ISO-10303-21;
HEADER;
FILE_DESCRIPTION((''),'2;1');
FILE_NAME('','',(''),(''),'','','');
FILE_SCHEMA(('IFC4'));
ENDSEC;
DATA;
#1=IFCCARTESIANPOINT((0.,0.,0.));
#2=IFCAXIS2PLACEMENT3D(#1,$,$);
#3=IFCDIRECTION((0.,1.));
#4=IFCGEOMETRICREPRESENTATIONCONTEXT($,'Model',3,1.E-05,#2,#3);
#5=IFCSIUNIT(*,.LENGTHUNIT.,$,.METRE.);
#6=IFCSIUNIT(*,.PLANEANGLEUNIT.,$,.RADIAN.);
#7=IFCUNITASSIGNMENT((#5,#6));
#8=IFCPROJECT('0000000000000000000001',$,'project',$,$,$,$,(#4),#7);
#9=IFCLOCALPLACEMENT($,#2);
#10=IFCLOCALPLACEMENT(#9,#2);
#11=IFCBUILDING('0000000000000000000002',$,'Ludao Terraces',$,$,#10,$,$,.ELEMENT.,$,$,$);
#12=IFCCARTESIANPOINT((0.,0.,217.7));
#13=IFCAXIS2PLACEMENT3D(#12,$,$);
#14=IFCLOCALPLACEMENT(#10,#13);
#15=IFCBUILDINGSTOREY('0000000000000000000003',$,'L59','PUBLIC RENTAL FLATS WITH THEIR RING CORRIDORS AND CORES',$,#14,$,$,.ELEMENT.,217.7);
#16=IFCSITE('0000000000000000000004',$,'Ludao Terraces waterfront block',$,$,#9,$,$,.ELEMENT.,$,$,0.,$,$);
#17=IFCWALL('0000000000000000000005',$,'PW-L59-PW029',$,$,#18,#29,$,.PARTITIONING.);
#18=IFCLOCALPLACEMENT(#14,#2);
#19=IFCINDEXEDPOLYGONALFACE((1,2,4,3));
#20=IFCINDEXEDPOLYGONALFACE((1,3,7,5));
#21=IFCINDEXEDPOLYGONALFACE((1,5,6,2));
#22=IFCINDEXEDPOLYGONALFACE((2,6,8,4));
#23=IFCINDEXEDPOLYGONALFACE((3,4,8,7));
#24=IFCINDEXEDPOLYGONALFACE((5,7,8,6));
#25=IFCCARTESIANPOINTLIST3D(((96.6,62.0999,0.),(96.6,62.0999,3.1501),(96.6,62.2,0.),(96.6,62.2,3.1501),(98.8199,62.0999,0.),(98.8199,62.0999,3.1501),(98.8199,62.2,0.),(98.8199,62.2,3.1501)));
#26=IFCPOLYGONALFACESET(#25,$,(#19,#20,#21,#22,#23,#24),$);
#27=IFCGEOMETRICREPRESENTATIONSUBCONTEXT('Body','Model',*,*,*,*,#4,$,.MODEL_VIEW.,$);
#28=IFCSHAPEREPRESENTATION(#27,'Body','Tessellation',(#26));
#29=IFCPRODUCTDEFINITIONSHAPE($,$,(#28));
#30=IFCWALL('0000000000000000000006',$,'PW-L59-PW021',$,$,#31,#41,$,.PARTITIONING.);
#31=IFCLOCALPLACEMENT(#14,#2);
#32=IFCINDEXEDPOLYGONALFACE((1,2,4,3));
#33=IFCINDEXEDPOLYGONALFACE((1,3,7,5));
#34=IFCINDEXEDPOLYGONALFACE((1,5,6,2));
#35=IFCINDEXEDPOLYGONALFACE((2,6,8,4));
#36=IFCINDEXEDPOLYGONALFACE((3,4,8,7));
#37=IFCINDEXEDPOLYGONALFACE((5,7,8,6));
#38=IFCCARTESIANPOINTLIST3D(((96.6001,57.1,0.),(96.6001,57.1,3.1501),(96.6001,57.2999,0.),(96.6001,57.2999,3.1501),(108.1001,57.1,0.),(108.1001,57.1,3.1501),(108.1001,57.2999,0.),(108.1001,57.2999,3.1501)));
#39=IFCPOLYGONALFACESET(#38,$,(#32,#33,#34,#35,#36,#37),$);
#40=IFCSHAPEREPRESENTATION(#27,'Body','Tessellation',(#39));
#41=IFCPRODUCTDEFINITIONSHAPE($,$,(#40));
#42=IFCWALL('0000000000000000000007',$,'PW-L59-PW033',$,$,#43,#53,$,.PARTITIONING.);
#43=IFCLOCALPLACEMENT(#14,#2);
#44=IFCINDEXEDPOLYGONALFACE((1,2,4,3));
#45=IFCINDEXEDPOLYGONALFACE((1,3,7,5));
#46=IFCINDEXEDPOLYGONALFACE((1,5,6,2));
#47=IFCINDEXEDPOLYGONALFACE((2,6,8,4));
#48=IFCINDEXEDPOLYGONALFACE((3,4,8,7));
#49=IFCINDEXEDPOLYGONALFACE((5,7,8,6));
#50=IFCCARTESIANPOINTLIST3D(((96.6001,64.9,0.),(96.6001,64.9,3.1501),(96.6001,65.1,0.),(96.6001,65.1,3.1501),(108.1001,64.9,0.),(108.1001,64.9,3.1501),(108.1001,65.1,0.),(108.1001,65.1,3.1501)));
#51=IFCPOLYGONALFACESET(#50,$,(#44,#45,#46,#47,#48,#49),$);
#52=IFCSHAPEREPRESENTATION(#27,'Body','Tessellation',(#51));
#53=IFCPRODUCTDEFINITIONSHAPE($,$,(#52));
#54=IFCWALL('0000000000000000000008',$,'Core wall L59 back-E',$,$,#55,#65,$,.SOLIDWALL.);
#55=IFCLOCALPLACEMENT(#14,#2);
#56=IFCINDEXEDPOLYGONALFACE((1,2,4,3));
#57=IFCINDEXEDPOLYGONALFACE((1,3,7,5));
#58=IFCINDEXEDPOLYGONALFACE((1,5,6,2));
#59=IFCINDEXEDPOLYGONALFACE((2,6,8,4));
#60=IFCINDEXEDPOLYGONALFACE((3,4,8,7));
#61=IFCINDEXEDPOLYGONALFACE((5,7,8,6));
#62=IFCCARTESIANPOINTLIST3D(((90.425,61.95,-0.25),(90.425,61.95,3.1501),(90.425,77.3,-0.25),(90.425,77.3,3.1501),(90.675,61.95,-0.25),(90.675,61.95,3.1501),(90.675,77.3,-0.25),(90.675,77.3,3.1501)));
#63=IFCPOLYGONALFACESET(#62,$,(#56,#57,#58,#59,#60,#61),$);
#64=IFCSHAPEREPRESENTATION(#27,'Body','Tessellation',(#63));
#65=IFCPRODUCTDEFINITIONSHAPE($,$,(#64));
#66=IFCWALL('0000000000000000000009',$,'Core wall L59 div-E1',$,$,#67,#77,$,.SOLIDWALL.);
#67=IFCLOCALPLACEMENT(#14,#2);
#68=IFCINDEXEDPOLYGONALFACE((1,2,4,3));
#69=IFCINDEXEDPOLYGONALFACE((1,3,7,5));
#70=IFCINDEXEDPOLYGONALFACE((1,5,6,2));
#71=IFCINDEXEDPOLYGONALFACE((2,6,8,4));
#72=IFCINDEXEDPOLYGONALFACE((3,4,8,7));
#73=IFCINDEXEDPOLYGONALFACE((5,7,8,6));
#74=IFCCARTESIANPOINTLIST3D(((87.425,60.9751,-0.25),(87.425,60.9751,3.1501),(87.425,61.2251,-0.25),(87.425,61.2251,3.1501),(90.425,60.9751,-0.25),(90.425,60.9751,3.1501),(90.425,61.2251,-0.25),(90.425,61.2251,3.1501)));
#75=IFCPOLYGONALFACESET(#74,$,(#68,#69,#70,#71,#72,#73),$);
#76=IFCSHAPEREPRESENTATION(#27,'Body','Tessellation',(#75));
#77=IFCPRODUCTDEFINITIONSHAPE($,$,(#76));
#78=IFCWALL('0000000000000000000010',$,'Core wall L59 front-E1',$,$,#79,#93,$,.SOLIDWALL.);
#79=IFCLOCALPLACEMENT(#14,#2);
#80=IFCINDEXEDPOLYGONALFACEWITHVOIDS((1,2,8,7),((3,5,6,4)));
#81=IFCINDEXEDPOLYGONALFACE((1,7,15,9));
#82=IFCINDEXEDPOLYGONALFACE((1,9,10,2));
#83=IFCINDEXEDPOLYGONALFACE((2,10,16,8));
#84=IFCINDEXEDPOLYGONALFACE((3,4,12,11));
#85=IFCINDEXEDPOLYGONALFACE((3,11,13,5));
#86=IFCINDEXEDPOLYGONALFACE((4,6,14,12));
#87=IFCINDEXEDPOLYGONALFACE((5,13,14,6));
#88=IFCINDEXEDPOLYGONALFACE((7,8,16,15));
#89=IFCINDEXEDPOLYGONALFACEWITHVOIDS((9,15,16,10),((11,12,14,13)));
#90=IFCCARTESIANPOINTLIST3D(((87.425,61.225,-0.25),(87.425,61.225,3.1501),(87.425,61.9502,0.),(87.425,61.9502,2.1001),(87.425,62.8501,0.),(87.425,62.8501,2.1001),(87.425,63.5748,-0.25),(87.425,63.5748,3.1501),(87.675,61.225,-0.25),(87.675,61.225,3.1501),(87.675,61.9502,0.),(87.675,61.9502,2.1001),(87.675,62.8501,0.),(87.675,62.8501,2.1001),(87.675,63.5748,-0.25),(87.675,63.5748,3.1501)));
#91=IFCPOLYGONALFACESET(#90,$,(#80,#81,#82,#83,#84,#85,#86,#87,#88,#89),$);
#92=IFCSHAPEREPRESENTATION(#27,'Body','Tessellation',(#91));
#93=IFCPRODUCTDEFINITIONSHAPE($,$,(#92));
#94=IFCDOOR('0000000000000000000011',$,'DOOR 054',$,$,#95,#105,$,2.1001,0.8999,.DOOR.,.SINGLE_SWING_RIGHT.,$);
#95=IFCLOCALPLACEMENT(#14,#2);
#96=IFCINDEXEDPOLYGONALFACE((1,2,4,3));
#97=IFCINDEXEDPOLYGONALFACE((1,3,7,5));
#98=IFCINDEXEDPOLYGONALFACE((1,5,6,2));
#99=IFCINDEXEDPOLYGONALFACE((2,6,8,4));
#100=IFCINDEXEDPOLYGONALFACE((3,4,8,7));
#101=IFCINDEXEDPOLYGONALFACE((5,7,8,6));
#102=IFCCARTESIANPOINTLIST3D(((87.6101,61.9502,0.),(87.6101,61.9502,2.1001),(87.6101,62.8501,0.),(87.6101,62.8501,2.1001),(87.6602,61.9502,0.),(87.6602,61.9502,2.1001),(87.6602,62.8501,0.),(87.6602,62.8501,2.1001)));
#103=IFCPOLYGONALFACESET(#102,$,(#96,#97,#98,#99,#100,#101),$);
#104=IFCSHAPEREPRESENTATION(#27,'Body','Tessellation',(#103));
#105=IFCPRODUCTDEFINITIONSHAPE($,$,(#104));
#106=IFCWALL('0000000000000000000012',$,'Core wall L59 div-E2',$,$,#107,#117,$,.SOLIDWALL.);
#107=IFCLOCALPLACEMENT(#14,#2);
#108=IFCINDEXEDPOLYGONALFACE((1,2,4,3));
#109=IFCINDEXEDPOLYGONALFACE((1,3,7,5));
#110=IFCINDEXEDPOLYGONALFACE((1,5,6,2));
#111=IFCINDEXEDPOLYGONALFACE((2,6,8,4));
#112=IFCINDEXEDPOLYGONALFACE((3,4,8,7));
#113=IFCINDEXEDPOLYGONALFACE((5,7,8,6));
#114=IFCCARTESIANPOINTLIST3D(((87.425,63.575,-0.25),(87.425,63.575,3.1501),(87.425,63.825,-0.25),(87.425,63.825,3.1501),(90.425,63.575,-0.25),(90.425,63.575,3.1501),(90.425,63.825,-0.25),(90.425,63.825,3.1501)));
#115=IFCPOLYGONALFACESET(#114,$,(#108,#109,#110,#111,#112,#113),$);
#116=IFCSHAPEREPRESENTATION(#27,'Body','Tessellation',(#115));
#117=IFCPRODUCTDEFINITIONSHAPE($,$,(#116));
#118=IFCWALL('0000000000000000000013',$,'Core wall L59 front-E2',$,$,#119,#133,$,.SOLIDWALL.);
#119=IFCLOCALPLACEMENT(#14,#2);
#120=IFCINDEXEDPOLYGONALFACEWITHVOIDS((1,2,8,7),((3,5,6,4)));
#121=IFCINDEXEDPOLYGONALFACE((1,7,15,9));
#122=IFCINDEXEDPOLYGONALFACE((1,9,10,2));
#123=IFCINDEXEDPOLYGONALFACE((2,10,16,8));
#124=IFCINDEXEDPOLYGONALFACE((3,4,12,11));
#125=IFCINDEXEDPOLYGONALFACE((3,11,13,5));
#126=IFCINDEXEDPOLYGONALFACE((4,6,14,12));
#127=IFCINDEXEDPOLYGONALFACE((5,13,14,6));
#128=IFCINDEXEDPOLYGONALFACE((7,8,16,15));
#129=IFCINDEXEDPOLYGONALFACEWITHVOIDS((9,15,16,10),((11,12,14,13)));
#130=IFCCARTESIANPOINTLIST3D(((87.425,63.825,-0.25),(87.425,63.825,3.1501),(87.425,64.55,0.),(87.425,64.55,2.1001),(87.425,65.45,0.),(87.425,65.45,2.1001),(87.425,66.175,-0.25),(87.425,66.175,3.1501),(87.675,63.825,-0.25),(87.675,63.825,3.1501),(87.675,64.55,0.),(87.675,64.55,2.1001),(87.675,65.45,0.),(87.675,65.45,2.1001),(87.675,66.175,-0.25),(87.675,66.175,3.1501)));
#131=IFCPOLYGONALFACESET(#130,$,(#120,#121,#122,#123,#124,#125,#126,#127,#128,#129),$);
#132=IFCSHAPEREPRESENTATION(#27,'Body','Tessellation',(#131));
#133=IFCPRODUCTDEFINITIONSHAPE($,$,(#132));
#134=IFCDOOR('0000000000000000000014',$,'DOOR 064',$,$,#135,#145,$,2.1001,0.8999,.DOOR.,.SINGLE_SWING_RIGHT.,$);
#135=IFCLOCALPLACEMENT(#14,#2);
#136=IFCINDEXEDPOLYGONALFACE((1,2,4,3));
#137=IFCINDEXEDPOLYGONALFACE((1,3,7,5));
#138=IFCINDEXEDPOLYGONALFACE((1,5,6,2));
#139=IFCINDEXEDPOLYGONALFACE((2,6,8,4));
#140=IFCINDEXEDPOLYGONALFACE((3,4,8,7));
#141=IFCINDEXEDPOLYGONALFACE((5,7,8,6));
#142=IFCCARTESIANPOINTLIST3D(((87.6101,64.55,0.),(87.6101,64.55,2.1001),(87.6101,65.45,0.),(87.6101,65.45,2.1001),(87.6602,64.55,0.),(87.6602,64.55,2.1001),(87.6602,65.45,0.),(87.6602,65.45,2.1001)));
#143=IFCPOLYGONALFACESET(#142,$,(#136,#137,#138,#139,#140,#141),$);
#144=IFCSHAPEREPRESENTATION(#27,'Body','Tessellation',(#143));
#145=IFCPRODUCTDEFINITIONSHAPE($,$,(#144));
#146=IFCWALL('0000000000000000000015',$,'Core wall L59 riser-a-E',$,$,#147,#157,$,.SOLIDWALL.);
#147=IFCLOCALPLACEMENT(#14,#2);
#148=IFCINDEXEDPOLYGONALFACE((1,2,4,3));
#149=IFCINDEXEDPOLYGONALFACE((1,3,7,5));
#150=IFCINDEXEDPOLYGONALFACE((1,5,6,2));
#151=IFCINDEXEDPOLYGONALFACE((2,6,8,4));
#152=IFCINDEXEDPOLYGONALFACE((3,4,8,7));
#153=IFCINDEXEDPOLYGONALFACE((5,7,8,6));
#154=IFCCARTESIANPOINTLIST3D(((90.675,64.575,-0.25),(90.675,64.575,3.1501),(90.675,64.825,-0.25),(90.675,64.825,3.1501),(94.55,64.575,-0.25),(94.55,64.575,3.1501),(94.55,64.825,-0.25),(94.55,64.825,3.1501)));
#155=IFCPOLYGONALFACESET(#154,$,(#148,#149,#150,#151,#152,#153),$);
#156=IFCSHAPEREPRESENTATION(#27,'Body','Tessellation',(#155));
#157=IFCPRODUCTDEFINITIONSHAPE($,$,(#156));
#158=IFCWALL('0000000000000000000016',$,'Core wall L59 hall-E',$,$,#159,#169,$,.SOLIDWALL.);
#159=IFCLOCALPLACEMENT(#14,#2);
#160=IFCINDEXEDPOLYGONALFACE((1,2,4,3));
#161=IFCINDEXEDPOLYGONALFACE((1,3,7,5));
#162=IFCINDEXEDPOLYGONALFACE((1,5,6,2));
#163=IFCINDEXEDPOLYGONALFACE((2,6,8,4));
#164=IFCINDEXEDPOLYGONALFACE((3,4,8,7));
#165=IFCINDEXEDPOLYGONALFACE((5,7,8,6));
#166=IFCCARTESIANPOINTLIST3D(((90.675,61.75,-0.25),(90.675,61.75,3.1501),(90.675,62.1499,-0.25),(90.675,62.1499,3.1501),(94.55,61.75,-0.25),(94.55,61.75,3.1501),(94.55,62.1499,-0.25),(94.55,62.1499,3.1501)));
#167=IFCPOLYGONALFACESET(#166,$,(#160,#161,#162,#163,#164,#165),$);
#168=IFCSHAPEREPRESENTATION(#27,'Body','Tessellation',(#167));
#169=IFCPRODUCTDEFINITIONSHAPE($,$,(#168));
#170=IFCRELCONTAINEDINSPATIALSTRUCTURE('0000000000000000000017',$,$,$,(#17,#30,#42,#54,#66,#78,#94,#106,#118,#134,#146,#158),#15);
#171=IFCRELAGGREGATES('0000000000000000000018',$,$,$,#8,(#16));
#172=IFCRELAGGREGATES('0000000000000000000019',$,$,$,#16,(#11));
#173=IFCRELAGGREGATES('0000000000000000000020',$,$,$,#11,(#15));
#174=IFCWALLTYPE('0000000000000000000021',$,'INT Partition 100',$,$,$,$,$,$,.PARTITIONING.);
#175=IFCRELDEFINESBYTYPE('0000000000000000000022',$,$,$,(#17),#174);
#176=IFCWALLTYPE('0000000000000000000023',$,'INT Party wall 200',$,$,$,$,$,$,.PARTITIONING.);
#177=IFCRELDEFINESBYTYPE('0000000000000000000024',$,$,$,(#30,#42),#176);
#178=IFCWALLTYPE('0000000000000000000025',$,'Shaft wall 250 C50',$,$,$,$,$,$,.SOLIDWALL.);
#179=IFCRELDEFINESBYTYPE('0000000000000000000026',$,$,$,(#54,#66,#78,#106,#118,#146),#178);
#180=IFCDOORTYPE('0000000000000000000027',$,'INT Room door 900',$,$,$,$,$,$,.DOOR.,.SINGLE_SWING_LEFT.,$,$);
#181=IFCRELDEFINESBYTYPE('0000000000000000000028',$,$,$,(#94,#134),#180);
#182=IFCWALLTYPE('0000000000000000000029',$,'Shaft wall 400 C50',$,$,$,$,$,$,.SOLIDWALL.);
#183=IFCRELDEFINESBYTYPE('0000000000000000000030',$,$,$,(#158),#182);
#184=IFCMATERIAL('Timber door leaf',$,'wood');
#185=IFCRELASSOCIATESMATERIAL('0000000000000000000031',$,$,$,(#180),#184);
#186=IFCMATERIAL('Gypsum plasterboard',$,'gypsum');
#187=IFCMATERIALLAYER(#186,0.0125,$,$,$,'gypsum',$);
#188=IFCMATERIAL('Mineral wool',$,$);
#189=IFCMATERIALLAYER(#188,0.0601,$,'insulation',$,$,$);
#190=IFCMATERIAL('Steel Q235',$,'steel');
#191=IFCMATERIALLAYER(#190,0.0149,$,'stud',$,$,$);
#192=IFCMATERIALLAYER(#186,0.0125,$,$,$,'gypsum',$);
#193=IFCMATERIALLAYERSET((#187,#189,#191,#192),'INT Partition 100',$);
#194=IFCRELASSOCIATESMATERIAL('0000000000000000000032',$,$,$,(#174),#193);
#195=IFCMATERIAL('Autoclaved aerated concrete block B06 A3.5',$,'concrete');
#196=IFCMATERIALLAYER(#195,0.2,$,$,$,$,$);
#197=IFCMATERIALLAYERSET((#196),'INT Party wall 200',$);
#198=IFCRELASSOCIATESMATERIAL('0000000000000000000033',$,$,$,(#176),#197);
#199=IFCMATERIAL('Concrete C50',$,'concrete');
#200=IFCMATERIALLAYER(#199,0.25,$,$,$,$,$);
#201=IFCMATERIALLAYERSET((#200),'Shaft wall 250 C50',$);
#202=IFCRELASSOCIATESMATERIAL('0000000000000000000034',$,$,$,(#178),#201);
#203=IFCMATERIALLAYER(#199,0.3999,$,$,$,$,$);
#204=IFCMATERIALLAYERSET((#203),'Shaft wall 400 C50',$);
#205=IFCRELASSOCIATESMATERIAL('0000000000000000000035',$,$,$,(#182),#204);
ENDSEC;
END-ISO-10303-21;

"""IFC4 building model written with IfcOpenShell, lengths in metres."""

from ifc_helpers import new_model, si_unit, direction, frame, frame_2d, origin, place, context, subcontext, project, spatial, rectangle, extrude, material, layer, layer_set, type_object, element, fill, save


model = new_model("IFC4")

# Units and contexts
model_context = context("Model", 3, precision=1e-05, world=origin(), true_north=direction((0.0, 1.0)))
body_context = subcontext(model_context, "Body", "Model", "MODEL_VIEW")
ifc_project = project(units=[si_unit("LENGTHUNIT", "METRE"), si_unit("PLANEANGLEUNIT", "RADIAN")], contexts=[model_context])

# Site, building, storey
site_placement = place(None, origin())
site = spatial("IfcSite", under=ifc_project, at=site_placement, Name="Ludao Terraces waterfront block", CompositionType="ELEMENT", RefElevation=0.0)
building_placement = place(site_placement, origin())
building = spatial("IfcBuilding", under=site, at=building_placement, Name="Ludao Terraces", CompositionType="ELEMENT")
storey_placement = place(building_placement, frame((0.0, 0.0, 217.7)))
storey = spatial("IfcBuildingStorey", under=building, at=storey_placement, Name="L59", Description="PUBLIC RENTAL FLATS WITH THEIR RING CORRIDORS AND CORES", CompositionType="ELEMENT", Elevation=217.7)

# Shared definitions
ifc_material_1 = material(Name="Concrete C50", Category="concrete")
ifc_material_2 = material(Name="Steel Q235", Category="steel")
ifc_material_3 = material(Name="Timber door leaf", Category="wood")
door_type_1 = type_object("IfcDoorType", Name="INT Room door 900", OperationType="SINGLE_SWING_LEFT", PredefinedType="DOOR", material=ifc_material_3)

# Shared definitions
ifc_material_4 = material(Name="Mineral wool")

# Walls
ifc_material_5 = material(Name="Gypsum plasterboard", Category="gypsum")
ifc_layer_1 = layer(ifc_material_5, 0.0125, Category="gypsum")
ifc_layer_2 = layer(ifc_material_4, 0.0601, Name="insulation")
ifc_layer_3 = layer(ifc_material_2, 0.0149, Name="stud")
ifc_layer_4 = layer(ifc_material_5, 0.0125, Category="gypsum")
ifc_layer_set_1 = layer_set([ifc_layer_1, ifc_layer_2, ifc_layer_3, ifc_layer_4], Name="INT Partition 100")
wall_type_1 = type_object("IfcWallType", Name="INT Partition 100", PredefinedType="PARTITIONING", material=ifc_layer_set_1)
for number, where, z_axis, x_axis, name in (
    (1, (96.6001, 62.1499, 0.0), (0.0, 0.0, 1.0), (1.0, 0.0, 0.0), "PW-L59-PW029"),
):
    element("IfcWall", number, at=place(storey_placement, frame(where, z_axis=z_axis, x_axis=x_axis)), inside=storey, type_object=wall_type_1, Name=name, PredefinedType="PARTITIONING", context=body_context, shape_type="SweptSolid", body=[
        extrude(rectangle(XDim=2.22, YDim=0.1001, at=frame_2d((1.1099, 0.0))), origin(), (0.0, 0.0, 1.0), 3.1501),
    ])
ifc_material_6 = material(Name="Autoclaved aerated concrete block B06 A3.5", Category="concrete")
ifc_layer_5 = layer(ifc_material_6, 0.2)
ifc_layer_set_2 = layer_set([ifc_layer_5], Name="INT Party wall 200")
wall_type_2 = type_object("IfcWallType", Name="INT Party wall 200", PredefinedType="PARTITIONING", material=ifc_layer_set_2)
for number, where, z_axis, x_axis, name in (
    (2, (96.6001, 57.2, 0.0), (0.0, 0.0, 1.0), (1.0, 0.0, 0.0), "PW-L59-PW021"),
    (3, (96.6001, 65.0, 0.0), (0.0, 0.0, 1.0), (1.0, 0.0, 0.0), "PW-L59-PW033"),
):
    element("IfcWall", number, at=place(storey_placement, frame(where, z_axis=z_axis, x_axis=x_axis)), inside=storey, type_object=wall_type_2, Name=name, PredefinedType="PARTITIONING", context=body_context, shape_type="SweptSolid", body=[
        extrude(rectangle(XDim=11.5, YDim=0.2, at=frame_2d((5.75, 0.0))), origin(), (0.0, 0.0, 1.0), 3.1501),
    ])
ifc_layer_6 = layer(ifc_material_1, 0.25)
ifc_layer_set_3 = layer_set([ifc_layer_6], Name="Shaft wall 250 C50")
wall_type_3 = type_object("IfcWallType", Name="Shaft wall 250 C50", PredefinedType="SOLIDWALL", material=ifc_layer_set_3)
wall_1_placement = place(storey_placement, frame((90.55, 61.95, -0.25), z_axis=(0.0, 0.0, 1.0), x_axis=(0.0, 1.0, 0.0)))
element("IfcWall", 4, at=wall_1_placement, inside=storey, type_object=wall_type_3, Name="Core wall L59 back-E", PredefinedType="SOLIDWALL", context=body_context, shape_type="SweptSolid", body=[
    extrude(rectangle(XDim=15.3501, YDim=0.25, at=frame_2d((7.675, 0.0))), origin(), (0.0, 0.0, 1.0), 3.4001),
])
wall_2_placement = place(storey_placement, frame((87.425, 61.1001, -0.25), z_axis=(0.0, 0.0, 1.0), x_axis=(1.0, 0.0, 0.0)))
element("IfcWall", 5, at=wall_2_placement, inside=storey, type_object=wall_type_3, Name="Core wall L59 div-E1", PredefinedType="SOLIDWALL", context=body_context, shape_type="SweptSolid", body=[
    extrude(rectangle(XDim=3.0, YDim=0.25, at=frame_2d((1.5, 0.0))), origin(), (0.0, 0.0, 1.0), 3.4001),
])

# Wall, opening, door
wall_3_placement = place(storey_placement, frame((87.55, 61.2251, -0.25), z_axis=(0.0, 0.0, 1.0), x_axis=(0.0, 1.0, 0.0)))
wall_3 = element("IfcWall", 6, at=wall_3_placement, inside=storey, type_object=wall_type_3, Name="Core wall L59 front-E1", PredefinedType="SOLIDWALL", context=body_context, shape_type="SweptSolid", body=[
    extrude(rectangle(XDim=2.3499, YDim=0.25, at=frame_2d((1.1748, 0.0))), origin(), (0.0, 0.0, 1.0), 3.4001),
])
opening_1_placement = place(wall_3_placement, frame((0.7251, 0.0, 0.25)))
opening_1 = element("IfcOpeningElement", 7, at=opening_1_placement, cuts=wall_3, PredefinedType="OPENING", context=body_context, shape_type="SweptSolid", body=[
    extrude(rectangle(XDim=0.8999, YDim=2.1001, at=frame_2d((0.45, 1.05))), frame((0.0, 0.135, 0.0), z_axis=(0.0, -1.0, 0.0), x_axis=(1.0, 0.0, 0.0)), (0.0, 0.0, 1.0), 0.27),
])
door_1_placement = place(opening_1_placement, origin())
door_1 = element("IfcDoor", 8, at=door_1_placement, inside=storey, type_object=door_type_1, Name="DOOR 054", OperationType="SINGLE_SWING_RIGHT", OverallHeight=2.1001, OverallWidth=0.8999, PredefinedType="DOOR", context=body_context, shape_type="SweptSolid", body=[
    extrude(rectangle(XDim=0.8999, YDim=2.1001, at=frame_2d((0.45, 1.05))), frame((0.0, -0.0601, 0.0), z_axis=(0.0, -1.0, 0.0), x_axis=(1.0, 0.0, 0.0)), (0.0, 0.0, 1.0), 0.05),
])
fill(opening_1, door_1)

# Wall
wall_4_placement = place(storey_placement, frame((87.425, 63.7, -0.25), z_axis=(0.0, 0.0, 1.0), x_axis=(1.0, 0.0, 0.0)))
element("IfcWall", 9, at=wall_4_placement, inside=storey, type_object=wall_type_3, Name="Core wall L59 div-E2", PredefinedType="SOLIDWALL", context=body_context, shape_type="SweptSolid", body=[
    extrude(rectangle(XDim=3.0, YDim=0.25, at=frame_2d((1.5, 0.0))), origin(), (0.0, 0.0, 1.0), 3.4001),
])

# Wall, opening, door
wall_5_placement = place(storey_placement, frame((87.55, 63.825, -0.25), z_axis=(0.0, 0.0, 1.0), x_axis=(0.0, 1.0, 0.0)))
wall_5 = element("IfcWall", 10, at=wall_5_placement, inside=storey, type_object=wall_type_3, Name="Core wall L59 front-E2", PredefinedType="SOLIDWALL", context=body_context, shape_type="SweptSolid", body=[
    extrude(rectangle(XDim=2.3501, YDim=0.25, at=frame_2d((1.175, 0.0))), origin(), (0.0, 0.0, 1.0), 3.4001),
])
opening_2_placement = place(wall_5_placement, frame((0.7251, 0.0, 0.25)))
opening_2 = element("IfcOpeningElement", 11, at=opening_2_placement, cuts=wall_5, PredefinedType="OPENING", context=body_context, shape_type="SweptSolid", body=[
    extrude(rectangle(XDim=0.8999, YDim=2.1001, at=frame_2d((0.45, 1.05))), frame((0.0, 0.135, 0.0), z_axis=(0.0, -1.0, 0.0), x_axis=(1.0, 0.0, 0.0)), (0.0, 0.0, 1.0), 0.27),
])
door_2_placement = place(opening_2_placement, origin())
door_2 = element("IfcDoor", 12, at=door_2_placement, inside=storey, type_object=door_type_1, Name="DOOR 064", OperationType="SINGLE_SWING_RIGHT", OverallHeight=2.1001, OverallWidth=0.8999, PredefinedType="DOOR", context=body_context, shape_type="SweptSolid", body=[
    extrude(rectangle(XDim=0.8999, YDim=2.1001, at=frame_2d((0.45, 1.05))), frame((0.0, -0.0601, 0.0), z_axis=(0.0, -1.0, 0.0), x_axis=(1.0, 0.0, 0.0)), (0.0, 0.0, 1.0), 0.05),
])
fill(opening_2, door_2)

# Walls
wall_6_placement = place(storey_placement, frame((90.675, 64.7, -0.25), z_axis=(0.0, 0.0, 1.0), x_axis=(1.0, 0.0, 0.0)))
element("IfcWall", 13, at=wall_6_placement, inside=storey, type_object=wall_type_3, Name="Core wall L59 riser-a-E", PredefinedType="SOLIDWALL", context=body_context, shape_type="SweptSolid", body=[
    extrude(rectangle(XDim=3.875, YDim=0.25, at=frame_2d((1.9375, 0.0))), origin(), (0.0, 0.0, 1.0), 3.4001),
])
ifc_layer_7 = layer(ifc_material_1, 0.3999)
ifc_layer_set_4 = layer_set([ifc_layer_7], Name="Shaft wall 400 C50")
wall_type_4 = type_object("IfcWallType", Name="Shaft wall 400 C50", PredefinedType="SOLIDWALL", material=ifc_layer_set_4)
wall_7_placement = place(storey_placement, frame((90.675, 61.95, -0.25), z_axis=(0.0, 0.0, 1.0), x_axis=(1.0, 0.0, 0.0)))
element("IfcWall", 14, at=wall_7_placement, inside=storey, type_object=wall_type_4, Name="Core wall L59 hall-E", PredefinedType="SOLIDWALL", context=body_context, shape_type="SweptSolid", body=[
    extrude(rectangle(XDim=3.875, YDim=0.3999, at=frame_2d((1.9375, 0.0))), origin(), (0.0, 0.0, 1.0), 3.4001),
])

save(model, "model.ifc")
